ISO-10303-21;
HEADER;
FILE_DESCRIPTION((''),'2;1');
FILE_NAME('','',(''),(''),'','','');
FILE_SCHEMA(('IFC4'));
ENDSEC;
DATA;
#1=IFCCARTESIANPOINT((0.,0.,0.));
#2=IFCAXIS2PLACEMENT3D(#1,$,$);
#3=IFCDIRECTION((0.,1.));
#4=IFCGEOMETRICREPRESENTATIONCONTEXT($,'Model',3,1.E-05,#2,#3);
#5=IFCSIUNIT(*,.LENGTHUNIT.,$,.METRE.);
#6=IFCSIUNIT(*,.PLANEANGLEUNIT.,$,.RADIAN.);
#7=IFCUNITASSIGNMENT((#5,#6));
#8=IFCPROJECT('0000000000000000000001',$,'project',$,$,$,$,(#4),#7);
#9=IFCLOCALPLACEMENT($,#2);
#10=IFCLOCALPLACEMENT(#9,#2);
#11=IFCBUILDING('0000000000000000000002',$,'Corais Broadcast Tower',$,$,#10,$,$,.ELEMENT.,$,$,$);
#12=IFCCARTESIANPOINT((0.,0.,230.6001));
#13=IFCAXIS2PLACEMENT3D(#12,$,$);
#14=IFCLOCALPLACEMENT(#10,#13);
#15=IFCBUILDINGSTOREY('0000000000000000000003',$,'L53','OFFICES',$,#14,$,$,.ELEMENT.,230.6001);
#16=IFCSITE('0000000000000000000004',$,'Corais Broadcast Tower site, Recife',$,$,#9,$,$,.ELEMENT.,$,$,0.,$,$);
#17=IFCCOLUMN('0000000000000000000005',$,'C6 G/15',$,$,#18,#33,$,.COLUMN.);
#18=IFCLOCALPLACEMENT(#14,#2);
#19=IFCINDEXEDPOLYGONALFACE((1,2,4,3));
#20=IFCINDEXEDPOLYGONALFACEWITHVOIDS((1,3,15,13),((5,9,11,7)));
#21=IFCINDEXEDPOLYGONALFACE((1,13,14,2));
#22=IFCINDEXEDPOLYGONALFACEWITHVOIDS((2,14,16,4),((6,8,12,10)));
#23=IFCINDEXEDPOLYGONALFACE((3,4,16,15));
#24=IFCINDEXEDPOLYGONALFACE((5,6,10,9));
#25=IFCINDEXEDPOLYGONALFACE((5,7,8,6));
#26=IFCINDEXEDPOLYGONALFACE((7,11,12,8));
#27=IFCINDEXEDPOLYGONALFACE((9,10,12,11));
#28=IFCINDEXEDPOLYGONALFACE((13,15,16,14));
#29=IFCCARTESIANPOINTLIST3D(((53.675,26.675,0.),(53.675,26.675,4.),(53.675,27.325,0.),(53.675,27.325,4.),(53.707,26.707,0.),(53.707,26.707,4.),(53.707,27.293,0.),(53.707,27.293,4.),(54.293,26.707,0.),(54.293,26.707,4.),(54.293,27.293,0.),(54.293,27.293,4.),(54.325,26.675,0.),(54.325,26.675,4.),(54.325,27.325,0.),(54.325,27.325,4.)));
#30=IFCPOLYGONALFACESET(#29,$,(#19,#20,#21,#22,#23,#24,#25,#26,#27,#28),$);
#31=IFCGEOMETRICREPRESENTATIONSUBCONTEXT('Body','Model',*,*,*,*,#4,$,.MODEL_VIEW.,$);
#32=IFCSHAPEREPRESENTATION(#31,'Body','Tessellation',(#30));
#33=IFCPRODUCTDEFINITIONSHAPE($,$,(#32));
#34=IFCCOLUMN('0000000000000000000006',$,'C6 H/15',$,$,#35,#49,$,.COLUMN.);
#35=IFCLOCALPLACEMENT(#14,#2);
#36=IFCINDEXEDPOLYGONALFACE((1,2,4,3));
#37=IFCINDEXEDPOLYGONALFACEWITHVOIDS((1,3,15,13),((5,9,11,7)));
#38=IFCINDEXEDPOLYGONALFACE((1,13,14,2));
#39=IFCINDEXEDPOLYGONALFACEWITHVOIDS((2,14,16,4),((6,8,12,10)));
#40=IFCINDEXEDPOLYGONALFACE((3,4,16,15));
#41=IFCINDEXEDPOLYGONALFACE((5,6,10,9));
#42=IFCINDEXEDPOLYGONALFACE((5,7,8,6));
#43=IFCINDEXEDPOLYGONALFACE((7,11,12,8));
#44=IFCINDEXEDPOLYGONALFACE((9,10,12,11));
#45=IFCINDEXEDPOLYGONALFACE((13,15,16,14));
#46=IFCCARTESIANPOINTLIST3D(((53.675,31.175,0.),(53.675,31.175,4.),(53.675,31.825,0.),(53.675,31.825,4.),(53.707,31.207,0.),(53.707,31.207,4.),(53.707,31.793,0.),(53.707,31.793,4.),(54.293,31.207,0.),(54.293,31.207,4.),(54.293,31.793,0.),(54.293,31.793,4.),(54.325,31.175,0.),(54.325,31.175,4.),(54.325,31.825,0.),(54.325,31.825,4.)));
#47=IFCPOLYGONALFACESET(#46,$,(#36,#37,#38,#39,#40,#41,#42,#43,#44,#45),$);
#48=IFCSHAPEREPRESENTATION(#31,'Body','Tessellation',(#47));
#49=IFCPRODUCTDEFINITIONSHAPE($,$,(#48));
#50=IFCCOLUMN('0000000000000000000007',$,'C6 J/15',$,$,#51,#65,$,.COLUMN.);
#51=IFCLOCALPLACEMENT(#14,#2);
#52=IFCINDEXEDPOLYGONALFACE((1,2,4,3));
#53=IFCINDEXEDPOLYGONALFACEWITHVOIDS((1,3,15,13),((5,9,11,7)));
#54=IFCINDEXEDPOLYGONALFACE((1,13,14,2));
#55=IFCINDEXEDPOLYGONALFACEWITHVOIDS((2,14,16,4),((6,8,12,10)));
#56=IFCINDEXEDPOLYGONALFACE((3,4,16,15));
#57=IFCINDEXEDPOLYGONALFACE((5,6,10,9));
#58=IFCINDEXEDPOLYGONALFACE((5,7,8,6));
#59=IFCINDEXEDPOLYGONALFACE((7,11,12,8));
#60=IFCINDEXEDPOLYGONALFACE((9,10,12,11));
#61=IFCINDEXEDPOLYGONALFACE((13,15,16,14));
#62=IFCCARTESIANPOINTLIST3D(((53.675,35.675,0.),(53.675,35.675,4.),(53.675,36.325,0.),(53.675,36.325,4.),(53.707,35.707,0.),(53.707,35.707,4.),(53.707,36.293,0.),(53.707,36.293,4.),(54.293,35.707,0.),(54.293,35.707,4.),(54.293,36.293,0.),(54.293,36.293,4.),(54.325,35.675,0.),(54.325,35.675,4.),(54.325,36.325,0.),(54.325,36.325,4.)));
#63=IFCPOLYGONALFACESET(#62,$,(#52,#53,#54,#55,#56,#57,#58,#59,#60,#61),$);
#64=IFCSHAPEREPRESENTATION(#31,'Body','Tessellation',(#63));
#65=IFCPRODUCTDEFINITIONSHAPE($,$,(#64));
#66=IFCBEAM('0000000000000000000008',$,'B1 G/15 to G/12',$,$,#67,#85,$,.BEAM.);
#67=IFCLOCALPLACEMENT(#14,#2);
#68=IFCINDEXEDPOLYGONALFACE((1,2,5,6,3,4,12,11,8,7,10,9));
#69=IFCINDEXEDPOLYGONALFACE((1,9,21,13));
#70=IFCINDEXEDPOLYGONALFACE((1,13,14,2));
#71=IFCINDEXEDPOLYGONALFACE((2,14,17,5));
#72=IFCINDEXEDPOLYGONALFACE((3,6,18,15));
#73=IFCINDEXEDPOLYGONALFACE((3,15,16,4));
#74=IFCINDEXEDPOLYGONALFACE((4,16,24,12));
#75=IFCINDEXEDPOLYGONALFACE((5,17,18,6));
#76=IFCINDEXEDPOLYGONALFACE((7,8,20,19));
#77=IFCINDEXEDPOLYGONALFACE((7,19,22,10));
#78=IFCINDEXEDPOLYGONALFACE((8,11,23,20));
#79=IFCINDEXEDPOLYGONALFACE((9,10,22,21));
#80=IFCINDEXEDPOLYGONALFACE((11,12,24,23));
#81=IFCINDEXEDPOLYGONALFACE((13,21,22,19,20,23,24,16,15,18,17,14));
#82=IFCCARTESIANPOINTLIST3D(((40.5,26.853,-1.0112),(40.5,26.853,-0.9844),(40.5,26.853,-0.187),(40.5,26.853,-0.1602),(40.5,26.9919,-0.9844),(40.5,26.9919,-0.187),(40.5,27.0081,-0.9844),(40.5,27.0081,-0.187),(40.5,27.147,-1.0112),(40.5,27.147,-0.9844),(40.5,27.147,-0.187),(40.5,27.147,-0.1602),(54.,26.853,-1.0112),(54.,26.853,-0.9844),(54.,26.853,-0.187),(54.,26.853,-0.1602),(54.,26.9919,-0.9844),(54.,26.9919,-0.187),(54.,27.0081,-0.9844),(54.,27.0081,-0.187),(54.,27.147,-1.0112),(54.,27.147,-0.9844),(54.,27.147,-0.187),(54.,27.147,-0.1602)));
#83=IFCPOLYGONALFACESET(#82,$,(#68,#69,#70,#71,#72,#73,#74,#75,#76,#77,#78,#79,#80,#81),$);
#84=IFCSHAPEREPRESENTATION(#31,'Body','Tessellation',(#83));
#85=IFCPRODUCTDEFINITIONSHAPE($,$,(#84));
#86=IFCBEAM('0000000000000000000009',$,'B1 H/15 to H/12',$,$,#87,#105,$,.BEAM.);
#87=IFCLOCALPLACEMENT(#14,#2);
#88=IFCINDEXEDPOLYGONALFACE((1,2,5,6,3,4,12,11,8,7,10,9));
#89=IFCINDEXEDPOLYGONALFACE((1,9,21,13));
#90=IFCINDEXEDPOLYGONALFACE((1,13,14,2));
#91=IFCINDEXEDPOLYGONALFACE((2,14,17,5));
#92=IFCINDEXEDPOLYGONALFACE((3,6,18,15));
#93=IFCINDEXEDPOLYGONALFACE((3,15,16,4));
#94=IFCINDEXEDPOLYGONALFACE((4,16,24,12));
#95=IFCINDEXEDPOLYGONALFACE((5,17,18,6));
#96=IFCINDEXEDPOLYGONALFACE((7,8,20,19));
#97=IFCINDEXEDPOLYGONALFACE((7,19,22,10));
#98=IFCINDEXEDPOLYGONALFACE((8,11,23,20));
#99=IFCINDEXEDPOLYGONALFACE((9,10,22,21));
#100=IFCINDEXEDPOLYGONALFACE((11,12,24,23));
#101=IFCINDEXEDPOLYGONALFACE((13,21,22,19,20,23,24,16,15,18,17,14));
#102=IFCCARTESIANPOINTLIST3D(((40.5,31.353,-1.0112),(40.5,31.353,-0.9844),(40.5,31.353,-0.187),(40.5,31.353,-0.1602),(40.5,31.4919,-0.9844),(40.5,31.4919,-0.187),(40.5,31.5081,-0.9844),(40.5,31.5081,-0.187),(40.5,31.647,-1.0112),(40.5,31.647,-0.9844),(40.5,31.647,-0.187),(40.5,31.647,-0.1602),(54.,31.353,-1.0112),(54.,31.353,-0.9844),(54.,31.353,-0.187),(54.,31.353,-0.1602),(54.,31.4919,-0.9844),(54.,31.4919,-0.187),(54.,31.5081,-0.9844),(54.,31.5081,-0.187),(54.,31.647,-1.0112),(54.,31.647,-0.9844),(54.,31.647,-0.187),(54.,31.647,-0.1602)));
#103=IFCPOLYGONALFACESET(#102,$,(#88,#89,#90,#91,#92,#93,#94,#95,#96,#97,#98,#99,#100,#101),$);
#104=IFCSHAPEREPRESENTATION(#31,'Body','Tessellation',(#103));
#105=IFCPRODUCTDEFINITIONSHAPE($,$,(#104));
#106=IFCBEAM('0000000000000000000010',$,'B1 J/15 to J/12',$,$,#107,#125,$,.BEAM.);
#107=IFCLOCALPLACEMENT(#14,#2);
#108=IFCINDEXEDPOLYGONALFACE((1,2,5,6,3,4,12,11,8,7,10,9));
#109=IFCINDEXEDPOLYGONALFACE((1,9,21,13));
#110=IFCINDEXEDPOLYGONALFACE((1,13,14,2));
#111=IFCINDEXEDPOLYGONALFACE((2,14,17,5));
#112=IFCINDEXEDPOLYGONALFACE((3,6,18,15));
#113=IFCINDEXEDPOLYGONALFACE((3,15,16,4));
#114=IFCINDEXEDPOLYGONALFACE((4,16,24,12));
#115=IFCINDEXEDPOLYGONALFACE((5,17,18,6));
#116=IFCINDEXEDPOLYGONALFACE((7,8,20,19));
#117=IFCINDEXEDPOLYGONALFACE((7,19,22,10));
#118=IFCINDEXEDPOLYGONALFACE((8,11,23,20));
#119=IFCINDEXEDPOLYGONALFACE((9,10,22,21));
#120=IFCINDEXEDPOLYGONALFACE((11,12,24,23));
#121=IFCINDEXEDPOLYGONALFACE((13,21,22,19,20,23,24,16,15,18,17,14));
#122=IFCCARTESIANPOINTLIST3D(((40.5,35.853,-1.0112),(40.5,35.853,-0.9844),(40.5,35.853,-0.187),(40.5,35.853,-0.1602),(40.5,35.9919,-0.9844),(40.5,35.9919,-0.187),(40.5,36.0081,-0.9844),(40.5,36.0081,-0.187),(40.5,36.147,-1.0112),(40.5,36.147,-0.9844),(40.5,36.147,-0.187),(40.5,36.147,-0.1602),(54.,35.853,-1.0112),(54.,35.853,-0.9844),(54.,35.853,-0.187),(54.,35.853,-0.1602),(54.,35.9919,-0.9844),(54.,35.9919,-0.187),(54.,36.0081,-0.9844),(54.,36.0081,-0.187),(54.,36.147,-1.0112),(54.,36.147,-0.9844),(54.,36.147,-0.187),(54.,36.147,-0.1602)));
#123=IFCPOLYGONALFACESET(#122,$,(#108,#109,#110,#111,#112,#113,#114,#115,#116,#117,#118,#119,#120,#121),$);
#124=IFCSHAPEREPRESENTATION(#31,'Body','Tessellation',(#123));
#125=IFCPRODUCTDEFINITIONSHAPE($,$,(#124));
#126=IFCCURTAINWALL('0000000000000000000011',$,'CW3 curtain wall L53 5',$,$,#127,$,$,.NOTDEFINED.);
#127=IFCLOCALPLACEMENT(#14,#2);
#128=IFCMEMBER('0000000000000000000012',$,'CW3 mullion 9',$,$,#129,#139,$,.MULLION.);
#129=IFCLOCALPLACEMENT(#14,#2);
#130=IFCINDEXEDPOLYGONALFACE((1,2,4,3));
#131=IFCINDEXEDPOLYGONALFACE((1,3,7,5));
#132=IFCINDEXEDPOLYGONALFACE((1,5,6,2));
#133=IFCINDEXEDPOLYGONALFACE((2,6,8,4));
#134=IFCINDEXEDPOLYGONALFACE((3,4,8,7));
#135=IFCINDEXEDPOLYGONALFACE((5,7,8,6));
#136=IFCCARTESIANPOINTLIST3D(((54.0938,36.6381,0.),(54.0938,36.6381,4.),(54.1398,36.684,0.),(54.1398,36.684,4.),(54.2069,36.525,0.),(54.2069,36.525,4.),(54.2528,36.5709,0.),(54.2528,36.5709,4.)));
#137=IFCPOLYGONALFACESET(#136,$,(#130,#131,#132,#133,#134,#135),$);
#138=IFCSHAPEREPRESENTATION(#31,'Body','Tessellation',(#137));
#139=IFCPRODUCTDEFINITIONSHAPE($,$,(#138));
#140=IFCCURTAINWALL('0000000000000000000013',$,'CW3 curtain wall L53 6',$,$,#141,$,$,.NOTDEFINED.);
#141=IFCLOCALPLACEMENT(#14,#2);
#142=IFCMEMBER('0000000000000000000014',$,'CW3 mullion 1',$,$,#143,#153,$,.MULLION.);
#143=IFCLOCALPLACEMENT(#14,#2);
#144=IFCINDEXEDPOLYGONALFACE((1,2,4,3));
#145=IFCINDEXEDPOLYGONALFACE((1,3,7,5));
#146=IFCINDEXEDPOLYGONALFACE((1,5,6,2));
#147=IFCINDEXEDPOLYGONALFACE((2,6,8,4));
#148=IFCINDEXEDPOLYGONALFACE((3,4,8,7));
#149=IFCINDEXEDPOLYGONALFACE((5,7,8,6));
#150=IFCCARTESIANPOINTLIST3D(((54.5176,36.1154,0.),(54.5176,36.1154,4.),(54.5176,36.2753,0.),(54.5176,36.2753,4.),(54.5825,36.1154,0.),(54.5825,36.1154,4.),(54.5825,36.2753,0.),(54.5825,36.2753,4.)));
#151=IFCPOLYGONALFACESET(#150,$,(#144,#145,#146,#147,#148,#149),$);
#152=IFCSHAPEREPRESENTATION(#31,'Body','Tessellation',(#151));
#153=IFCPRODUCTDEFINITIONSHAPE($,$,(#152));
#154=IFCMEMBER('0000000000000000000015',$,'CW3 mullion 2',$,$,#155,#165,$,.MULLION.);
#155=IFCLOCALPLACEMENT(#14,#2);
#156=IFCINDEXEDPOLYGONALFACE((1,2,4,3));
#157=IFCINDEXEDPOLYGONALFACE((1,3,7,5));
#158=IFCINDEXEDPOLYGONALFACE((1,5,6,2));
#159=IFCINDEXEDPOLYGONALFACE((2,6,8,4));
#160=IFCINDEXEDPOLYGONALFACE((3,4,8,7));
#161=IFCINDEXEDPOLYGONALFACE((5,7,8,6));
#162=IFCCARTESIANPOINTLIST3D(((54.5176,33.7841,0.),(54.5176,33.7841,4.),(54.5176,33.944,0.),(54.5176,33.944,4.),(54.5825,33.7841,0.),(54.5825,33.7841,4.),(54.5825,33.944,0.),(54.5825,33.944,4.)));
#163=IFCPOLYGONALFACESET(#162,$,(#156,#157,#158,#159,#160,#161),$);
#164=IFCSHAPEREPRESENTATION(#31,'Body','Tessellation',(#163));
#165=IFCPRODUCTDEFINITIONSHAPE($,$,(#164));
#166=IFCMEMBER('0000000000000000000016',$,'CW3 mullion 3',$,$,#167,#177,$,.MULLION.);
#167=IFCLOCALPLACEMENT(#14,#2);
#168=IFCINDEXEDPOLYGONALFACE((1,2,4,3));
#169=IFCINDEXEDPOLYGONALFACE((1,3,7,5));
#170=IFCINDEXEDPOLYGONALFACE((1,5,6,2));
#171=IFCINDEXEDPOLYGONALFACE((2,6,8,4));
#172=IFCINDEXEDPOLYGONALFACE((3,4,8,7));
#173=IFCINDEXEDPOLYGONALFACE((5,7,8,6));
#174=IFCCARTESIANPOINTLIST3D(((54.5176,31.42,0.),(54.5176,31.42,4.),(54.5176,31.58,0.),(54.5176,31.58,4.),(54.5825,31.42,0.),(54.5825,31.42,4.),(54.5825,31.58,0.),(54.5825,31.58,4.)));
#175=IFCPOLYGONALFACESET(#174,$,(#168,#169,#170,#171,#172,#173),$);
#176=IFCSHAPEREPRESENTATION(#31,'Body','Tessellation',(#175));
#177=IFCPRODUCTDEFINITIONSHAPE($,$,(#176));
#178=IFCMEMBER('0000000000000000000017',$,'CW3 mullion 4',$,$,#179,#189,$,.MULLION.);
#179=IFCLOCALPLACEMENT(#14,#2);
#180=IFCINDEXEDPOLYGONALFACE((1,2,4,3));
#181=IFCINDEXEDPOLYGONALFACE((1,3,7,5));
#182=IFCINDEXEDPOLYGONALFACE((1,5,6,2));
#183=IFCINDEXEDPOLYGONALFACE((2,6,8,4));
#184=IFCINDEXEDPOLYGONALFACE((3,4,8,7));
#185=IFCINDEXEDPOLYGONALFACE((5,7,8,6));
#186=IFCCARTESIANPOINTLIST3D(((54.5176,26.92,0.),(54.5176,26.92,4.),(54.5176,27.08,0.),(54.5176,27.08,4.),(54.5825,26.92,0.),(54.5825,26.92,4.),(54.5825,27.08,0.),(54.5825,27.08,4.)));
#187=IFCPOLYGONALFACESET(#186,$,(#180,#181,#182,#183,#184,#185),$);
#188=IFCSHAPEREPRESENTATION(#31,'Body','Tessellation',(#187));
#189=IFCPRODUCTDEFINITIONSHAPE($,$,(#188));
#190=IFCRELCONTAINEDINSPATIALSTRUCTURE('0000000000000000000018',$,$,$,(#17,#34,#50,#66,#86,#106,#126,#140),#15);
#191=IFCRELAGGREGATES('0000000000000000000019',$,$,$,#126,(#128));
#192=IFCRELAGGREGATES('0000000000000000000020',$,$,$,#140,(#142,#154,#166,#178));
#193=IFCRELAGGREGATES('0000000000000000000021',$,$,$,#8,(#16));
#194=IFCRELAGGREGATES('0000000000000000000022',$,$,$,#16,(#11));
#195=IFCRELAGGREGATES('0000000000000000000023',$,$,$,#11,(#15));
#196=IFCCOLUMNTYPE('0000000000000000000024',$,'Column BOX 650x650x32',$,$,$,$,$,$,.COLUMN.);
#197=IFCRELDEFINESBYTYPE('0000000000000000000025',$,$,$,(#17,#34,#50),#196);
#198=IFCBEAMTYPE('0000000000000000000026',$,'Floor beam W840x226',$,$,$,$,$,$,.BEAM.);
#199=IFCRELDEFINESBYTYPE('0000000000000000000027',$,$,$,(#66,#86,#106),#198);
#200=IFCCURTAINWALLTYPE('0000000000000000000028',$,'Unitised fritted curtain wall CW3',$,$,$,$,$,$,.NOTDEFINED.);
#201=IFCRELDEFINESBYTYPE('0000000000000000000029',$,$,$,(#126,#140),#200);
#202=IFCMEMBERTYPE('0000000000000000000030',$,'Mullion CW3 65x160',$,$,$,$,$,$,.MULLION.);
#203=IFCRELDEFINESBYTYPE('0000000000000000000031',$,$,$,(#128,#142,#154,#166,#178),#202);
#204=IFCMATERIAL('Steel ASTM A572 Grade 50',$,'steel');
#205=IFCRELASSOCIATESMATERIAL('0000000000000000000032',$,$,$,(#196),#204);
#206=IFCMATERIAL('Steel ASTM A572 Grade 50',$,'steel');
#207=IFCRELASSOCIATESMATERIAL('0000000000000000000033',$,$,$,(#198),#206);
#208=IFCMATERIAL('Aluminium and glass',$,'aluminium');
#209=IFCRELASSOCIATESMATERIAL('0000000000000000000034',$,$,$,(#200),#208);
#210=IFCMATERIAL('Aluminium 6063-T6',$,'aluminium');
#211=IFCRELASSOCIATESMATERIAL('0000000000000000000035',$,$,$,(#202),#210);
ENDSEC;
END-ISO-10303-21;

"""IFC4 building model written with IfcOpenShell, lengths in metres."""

from ifc_helpers import new_model, si_unit, direction, frame, origin, origin_2d, place, context, subcontext, project, spatial, rectangle, hollow_rectangle, i_section, extrude, material, material_profile, profile_set, type_object, element, aggregate, save


model = new_model("IFC4")

# Units and contexts
model_context = context("Model", 3, precision=1e-05, world=origin(), true_north=direction((0.0, 1.0)))
body_context = subcontext(model_context, "Body", "Model", "MODEL_VIEW")
ifc_project = project(units=[si_unit("LENGTHUNIT", "METRE"), si_unit("PLANEANGLEUNIT", "RADIAN")], contexts=[model_context])

# Site, building, storey
site_placement = place(None, origin())
site = spatial("IfcSite", under=ifc_project, at=site_placement, Name="Corais Broadcast Tower site, Recife", CompositionType="ELEMENT", RefElevation=0.0)
building_placement = place(site_placement, origin())
building = spatial("IfcBuilding", under=site, at=building_placement, Name="Corais Broadcast Tower", CompositionType="ELEMENT")
storey_placement = place(building_placement, frame((0.0, 0.0, 230.6001)))
storey = spatial("IfcBuildingStorey", under=building, at=storey_placement, Name="L53", Description="OFFICES", CompositionType="ELEMENT", Elevation=230.6001)

# Columns
ifc_material_1 = material(Name="Steel ASTM A572 Grade 50", Category="steel")
ifc_material_profile_1 = material_profile(ifc_material_1, hollow_rectangle(XDim=0.6499, YDim=0.6499, WallThickness=0.032, at=origin_2d()), Name="BOX 650x650x32")
ifc_profile_set_1 = profile_set([ifc_material_profile_1], Name="Steel ASTM A572 Grade 50")
column_type = type_object("IfcColumnType", Name="Column BOX 650x650x32", PredefinedType="COLUMN", material=ifc_profile_set_1)
for number, where, z_axis, x_axis, name in (
    (1, (54.0, 27.0, 0.0), (0.0, 0.0, 1.0), (1.0, 0.0, 0.0), "C6 G/15"),
    (2, (54.0, 31.5, 0.0), (0.0, 0.0, 1.0), (1.0, 0.0, 0.0), "C6 H/15"),
    (3, (54.0, 36.0, 0.0), (0.0, 0.0, 1.0), (1.0, 0.0, 0.0), "C6 J/15"),
):
    element("IfcColumn", number, at=place(storey_placement, frame(where, z_axis=z_axis, x_axis=x_axis)), inside=storey, type_object=column_type, Name=name, PredefinedType="COLUMN", context=body_context, shape_type="SweptSolid", body=[
        extrude(hollow_rectangle(XDim=0.6499, YDim=0.6499, WallThickness=0.032, at=origin_2d()), origin(), (0.0, 0.0, 1.0), 4.0),
    ])

# Beams
ifc_material_2 = material(Name="Steel ASTM A572 Grade 50", Category="steel")
ifc_material_profile_2 = material_profile(ifc_material_2, i_section(OverallWidth=0.2939, OverallDepth=0.8511, WebThickness=0.0161, FlangeThickness=0.0269, at=origin_2d()), Name="W840x226")
ifc_profile_set_2 = profile_set([ifc_material_profile_2], Name="Steel ASTM A572 Grade 50")
beam_type_1 = type_object("IfcBeamType", Name="Floor beam W840x226", PredefinedType="BEAM", material=ifc_profile_set_2)
for number, where, z_axis, x_axis, name in (
    (4, (54.0, 27.0, -0.5857), (-1.0, 0.0, 0.0), (0.0, -1.0, 0.0), "B1 G/15 to G/12"),
    (5, (54.0, 31.5, -0.5857), (-1.0, 0.0, 0.0), (0.0, -1.0, 0.0), "B1 H/15 to H/12"),
    (6, (54.0, 36.0, -0.5857), (-1.0, 0.0, 0.0), (0.0, -1.0, 0.0), "B1 J/15 to J/12"),
):
    element("IfcBeam", number, at=place(storey_placement, frame(where, z_axis=z_axis, x_axis=x_axis)), inside=storey, type_object=beam_type_1, Name=name, PredefinedType="BEAM", context=body_context, shape_type="SweptSolid", body=[
        extrude(i_section(OverallWidth=0.2939, OverallDepth=0.8511, WebThickness=0.0161, FlangeThickness=0.0269, at=origin_2d()), origin(), (0.0, 0.0, 1.0), 13.5),
    ])

# Curtain wall, member
ifc_material_3 = material(Name="Aluminium and glass", Category="aluminium")
curtain_wall_type = type_object("IfcCurtainWallType", Name="Unitised fritted curtain wall CW3", PredefinedType="NOTDEFINED", material=ifc_material_3)
curtain_wall_1_placement = place(storey_placement, origin())
curtain_wall_1 = element("IfcCurtainWall", 7, at=curtain_wall_1_placement, inside=storey, type_object=curtain_wall_type, Name="CW3 curtain wall L53 5", PredefinedType="NOTDEFINED")
ifc_material_4 = material(Name="Aluminium 6063-T6", Category="aluminium")
ifc_material_profile_3 = material_profile(ifc_material_4, rectangle(XDim=0.0649, YDim=0.1599, at=origin_2d()), Name="Mullion CW3 65x160")
ifc_profile_set_3 = profile_set([ifc_material_profile_3], Name="Aluminium 6063-T6")
member_type_1 = type_object("IfcMemberType", Name="Mullion CW3 65x160", PredefinedType="MULLION", material=ifc_profile_set_3)
member_1_placement = place(storey_placement, frame((54.1733, 36.6045, 0.0), z_axis=(0.0, 0.0, 1.0), x_axis=(0.707107, 0.707107, 0.0)))
member_1 = element("IfcMember", 8, at=member_1_placement, type_object=member_type_1, Name="CW3 mullion 9", PredefinedType="MULLION", context=body_context, shape_type="SweptSolid", body=[
    extrude(rectangle(XDim=0.0649, YDim=0.1599, at=origin_2d()), origin(), (0.0, 0.0, 1.0), 4.0),
])

# Curtain wall, members
curtain_wall_2_placement = place(storey_placement, origin())
curtain_wall_2 = element("IfcCurtainWall", 9, at=curtain_wall_2_placement, inside=storey, type_object=curtain_wall_type, Name="CW3 curtain wall L53 6", PredefinedType="NOTDEFINED")
member_2_placement = place(storey_placement, frame((54.55, 36.1953, 0.0), z_axis=(0.0, 0.0, 1.0), x_axis=(1.0, 0.0, 0.0)))
member_2 = element("IfcMember", 10, at=member_2_placement, type_object=member_type_1, Name="CW3 mullion 1", PredefinedType="MULLION", context=body_context, shape_type="SweptSolid", body=[
    extrude(rectangle(XDim=0.0649, YDim=0.1599, at=origin_2d()), origin(), (0.0, 0.0, 1.0), 4.0),
])
member_3_placement = place(storey_placement, frame((54.55, 33.864, 0.0), z_axis=(0.0, 0.0, 1.0), x_axis=(1.0, 0.0, 0.0)))
member_3 = element("IfcMember", 11, at=member_3_placement, type_object=member_type_1, Name="CW3 mullion 2", PredefinedType="MULLION", context=body_context, shape_type="SweptSolid", body=[
    extrude(rectangle(XDim=0.0649, YDim=0.1599, at=origin_2d()), origin(), (0.0, 0.0, 1.0), 4.0),
])
member_4_placement = place(storey_placement, frame((54.55, 31.5, 0.0), z_axis=(0.0, 0.0, 1.0), x_axis=(1.0, 0.0, 0.0)))
member_4 = element("IfcMember", 12, at=member_4_placement, type_object=member_type_1, Name="CW3 mullion 3", PredefinedType="MULLION", context=body_context, shape_type="SweptSolid", body=[
    extrude(rectangle(XDim=0.0649, YDim=0.1599, at=origin_2d()), origin(), (0.0, 0.0, 1.0), 4.0),
])
member_5_placement = place(storey_placement, frame((54.55, 27.0, 0.0), z_axis=(0.0, 0.0, 1.0), x_axis=(1.0, 0.0, 0.0)))
member_5 = element("IfcMember", 13, at=member_5_placement, type_object=member_type_1, Name="CW3 mullion 4", PredefinedType="MULLION", context=body_context, shape_type="SweptSolid", body=[
    extrude(rectangle(XDim=0.0649, YDim=0.1599, at=origin_2d()), origin(), (0.0, 0.0, 1.0), 4.0),
])

aggregate(curtain_wall_1, [member_1])
aggregate(curtain_wall_2, [member_2, member_3, member_4, member_5])

save(model, "model.ifc")
